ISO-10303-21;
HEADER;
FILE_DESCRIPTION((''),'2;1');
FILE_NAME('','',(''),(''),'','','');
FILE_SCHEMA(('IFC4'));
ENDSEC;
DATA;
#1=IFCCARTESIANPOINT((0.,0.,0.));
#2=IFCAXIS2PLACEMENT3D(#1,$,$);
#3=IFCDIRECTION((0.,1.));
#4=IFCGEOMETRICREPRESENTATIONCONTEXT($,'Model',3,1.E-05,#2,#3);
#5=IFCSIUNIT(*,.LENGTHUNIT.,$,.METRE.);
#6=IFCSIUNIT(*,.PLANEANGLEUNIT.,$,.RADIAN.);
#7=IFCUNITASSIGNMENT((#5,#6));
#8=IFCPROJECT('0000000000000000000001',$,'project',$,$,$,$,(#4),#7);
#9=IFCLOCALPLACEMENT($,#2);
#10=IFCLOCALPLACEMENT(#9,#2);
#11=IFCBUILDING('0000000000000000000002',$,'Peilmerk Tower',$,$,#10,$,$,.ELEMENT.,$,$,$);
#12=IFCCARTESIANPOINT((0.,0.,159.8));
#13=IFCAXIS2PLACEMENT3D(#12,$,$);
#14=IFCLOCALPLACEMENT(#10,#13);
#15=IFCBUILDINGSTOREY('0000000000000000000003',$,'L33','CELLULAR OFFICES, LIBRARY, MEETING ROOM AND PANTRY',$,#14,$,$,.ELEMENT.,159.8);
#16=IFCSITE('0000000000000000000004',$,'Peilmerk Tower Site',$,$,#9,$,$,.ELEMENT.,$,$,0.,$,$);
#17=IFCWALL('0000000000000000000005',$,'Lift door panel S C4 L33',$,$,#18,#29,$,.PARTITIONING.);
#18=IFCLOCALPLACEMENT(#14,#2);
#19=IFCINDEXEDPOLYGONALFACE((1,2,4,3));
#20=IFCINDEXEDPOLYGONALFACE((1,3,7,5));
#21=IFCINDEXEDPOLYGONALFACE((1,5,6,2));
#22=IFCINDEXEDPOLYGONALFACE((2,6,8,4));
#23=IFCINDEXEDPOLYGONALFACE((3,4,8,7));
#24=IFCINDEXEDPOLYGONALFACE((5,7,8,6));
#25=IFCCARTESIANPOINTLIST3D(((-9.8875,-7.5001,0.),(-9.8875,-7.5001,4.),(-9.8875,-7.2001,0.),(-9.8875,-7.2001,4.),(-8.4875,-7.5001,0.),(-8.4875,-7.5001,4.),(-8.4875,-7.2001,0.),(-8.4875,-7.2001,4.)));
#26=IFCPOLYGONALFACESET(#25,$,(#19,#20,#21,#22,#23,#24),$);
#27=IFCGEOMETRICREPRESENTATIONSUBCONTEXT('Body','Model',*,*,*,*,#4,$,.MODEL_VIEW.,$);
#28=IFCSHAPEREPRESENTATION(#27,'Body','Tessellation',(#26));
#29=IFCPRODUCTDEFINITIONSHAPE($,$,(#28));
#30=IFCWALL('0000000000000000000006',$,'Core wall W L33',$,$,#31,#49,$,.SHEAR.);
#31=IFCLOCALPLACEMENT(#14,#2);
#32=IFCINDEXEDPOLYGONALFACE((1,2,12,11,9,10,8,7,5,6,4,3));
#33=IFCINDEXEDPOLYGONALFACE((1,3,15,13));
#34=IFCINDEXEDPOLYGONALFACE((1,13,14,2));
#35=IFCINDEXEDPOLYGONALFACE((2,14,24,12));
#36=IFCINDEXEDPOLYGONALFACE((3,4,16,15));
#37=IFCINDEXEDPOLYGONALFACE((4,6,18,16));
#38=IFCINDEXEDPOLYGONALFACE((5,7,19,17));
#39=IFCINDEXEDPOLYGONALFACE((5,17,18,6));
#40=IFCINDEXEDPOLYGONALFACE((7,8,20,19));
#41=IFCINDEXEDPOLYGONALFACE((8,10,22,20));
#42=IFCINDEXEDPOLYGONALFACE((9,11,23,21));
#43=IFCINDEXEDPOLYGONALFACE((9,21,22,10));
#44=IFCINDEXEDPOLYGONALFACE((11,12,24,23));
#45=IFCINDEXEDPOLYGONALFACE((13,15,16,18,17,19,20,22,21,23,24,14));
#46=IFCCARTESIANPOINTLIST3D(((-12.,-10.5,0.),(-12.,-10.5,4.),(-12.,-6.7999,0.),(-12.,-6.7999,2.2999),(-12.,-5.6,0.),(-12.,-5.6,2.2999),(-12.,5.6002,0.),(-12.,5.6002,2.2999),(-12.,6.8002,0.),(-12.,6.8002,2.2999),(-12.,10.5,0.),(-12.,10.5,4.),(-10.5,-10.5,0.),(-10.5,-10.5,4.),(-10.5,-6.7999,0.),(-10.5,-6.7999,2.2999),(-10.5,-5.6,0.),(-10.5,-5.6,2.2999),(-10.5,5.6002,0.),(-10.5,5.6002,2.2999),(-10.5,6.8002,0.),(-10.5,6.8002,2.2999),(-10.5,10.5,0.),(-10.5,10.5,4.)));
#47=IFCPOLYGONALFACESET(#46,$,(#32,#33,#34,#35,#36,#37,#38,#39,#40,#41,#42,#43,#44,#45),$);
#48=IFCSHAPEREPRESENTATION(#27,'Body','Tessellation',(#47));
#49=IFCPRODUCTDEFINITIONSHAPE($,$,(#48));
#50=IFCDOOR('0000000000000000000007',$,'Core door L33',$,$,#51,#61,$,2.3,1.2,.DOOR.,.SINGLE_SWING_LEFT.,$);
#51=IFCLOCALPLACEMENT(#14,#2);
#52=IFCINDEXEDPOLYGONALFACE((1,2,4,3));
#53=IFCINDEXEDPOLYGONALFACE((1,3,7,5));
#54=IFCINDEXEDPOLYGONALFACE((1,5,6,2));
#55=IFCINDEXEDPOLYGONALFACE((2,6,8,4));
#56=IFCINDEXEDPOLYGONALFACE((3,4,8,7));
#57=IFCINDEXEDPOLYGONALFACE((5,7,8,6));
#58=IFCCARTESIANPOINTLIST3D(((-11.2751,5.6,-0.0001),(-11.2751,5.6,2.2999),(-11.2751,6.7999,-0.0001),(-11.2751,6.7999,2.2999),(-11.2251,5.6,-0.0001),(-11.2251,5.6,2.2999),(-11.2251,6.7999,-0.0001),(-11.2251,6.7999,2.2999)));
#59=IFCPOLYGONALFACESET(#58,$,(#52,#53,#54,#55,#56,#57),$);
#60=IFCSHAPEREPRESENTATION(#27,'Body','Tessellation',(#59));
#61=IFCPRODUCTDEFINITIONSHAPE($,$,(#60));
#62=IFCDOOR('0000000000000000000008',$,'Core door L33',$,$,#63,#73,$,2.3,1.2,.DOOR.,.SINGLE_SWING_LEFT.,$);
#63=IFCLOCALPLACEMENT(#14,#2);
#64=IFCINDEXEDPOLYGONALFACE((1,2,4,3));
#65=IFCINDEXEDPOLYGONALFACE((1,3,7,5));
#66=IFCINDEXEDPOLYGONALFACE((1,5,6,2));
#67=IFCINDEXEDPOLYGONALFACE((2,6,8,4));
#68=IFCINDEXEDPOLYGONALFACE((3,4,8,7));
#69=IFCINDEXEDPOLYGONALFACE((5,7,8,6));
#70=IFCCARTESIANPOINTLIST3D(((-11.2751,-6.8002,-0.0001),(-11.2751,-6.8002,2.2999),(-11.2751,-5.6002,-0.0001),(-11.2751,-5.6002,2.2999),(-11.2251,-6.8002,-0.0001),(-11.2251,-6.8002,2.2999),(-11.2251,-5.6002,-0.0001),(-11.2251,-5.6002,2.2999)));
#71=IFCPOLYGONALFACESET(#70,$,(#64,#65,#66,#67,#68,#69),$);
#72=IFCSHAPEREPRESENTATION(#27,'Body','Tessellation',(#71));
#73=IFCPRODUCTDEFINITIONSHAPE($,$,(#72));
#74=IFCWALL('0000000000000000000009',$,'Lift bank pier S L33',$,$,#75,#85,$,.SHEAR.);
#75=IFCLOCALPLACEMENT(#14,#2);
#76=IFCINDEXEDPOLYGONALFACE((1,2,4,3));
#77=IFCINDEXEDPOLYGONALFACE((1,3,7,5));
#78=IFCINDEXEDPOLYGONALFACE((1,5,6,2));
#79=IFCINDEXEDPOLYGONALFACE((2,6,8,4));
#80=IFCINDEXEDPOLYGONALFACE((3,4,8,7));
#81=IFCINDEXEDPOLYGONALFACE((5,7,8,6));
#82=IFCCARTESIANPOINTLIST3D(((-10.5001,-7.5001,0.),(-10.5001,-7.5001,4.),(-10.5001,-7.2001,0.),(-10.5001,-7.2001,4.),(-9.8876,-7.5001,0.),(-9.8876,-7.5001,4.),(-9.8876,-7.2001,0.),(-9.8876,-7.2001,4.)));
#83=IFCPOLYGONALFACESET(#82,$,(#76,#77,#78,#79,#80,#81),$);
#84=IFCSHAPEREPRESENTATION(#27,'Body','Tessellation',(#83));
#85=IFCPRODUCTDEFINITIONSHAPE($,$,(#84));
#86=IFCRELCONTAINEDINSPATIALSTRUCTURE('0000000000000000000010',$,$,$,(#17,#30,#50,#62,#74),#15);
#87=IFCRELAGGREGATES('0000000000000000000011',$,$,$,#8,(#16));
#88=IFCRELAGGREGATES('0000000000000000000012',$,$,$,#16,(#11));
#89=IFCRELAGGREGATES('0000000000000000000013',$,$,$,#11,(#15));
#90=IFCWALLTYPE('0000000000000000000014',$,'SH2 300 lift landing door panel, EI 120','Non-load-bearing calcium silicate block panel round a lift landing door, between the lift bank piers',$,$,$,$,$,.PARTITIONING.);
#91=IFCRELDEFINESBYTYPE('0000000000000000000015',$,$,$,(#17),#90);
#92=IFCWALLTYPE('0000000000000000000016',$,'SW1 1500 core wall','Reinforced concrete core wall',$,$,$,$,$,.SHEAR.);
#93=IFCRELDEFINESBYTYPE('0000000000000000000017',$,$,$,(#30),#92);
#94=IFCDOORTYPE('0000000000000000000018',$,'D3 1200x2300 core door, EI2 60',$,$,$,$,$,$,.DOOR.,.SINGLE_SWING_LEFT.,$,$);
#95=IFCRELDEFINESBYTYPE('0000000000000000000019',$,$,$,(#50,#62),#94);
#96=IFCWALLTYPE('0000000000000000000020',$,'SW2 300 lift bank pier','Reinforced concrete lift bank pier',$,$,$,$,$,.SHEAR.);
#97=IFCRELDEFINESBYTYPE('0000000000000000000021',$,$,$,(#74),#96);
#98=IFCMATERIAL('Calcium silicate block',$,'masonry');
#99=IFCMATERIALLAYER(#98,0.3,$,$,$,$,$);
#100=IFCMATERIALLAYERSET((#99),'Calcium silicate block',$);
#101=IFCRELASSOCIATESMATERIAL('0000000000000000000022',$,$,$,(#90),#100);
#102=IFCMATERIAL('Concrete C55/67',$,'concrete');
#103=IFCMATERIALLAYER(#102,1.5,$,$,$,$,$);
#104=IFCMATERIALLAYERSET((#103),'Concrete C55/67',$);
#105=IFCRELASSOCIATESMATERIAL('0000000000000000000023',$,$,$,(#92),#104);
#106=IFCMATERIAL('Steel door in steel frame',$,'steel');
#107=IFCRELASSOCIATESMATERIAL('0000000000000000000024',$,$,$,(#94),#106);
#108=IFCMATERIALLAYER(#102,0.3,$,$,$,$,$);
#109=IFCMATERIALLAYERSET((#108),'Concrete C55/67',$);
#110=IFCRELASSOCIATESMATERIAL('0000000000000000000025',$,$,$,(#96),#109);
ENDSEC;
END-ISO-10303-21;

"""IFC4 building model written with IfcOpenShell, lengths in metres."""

from ifc_helpers import new_model, si_unit, direction, frame, frame_2d, origin, place, context, subcontext, project, spatial, rectangle, extrude, material, layer, layer_set, type_object, element, fill, save


model = new_model("IFC4")

# Units and contexts
model_context = context("Model", 3, precision=1e-05, world=origin(), true_north=direction((0.0, 1.0)))
body_context = subcontext(model_context, "Body", "Model", "MODEL_VIEW")
ifc_project = project(units=[si_unit("LENGTHUNIT", "METRE"), si_unit("PLANEANGLEUNIT", "RADIAN")], contexts=[model_context])

# Site, building, storey
site_placement = place(None, origin())
site = spatial("IfcSite", under=ifc_project, at=site_placement, Name="Peilmerk Tower Site", CompositionType="ELEMENT", RefElevation=0.0)
building_placement = place(site_placement, origin())
building = spatial("IfcBuilding", under=site, at=building_placement, Name="Peilmerk Tower", CompositionType="ELEMENT")
storey_placement = place(building_placement, frame((0.0, 0.0, 159.8)))
storey = spatial("IfcBuildingStorey", under=building, at=storey_placement, Name="L33", Description="CELLULAR OFFICES, LIBRARY, MEETING ROOM AND PANTRY", CompositionType="ELEMENT", Elevation=159.8)

# Shared definitions
ifc_material_1 = material(Name="Calcium silicate block", Category="masonry")

# Wall
ifc_layer_1 = layer(ifc_material_1, 0.3)
ifc_layer_set_1 = layer_set([ifc_layer_1], Name="Calcium silicate block")
wall_type_1 = type_object("IfcWallType", Name="SH2 300 lift landing door panel, EI 120", Description="Non-load-bearing calcium silicate block panel round a lift landing door, between the lift bank piers", PredefinedType="PARTITIONING", material=ifc_layer_set_1)
wall_1_placement = place(storey_placement, frame((-9.8875, -7.3501, 0.0), z_axis=(0.0, 0.0, 1.0), x_axis=(1.0, 0.0, 0.0)))
element("IfcWall", 1, at=wall_1_placement, inside=storey, type_object=wall_type_1, Name="Lift door panel S C4 L33", PredefinedType="PARTITIONING", context=body_context, shape_type="SweptSolid", body=[
    extrude(rectangle(XDim=1.3999, YDim=0.3, at=frame_2d((0.7, 0.0))), origin(), (0.0, 0.0, 1.0), 4.0),
])

# Wall, openings, doors
ifc_material_2 = material(Name="Concrete C55/67", Category="concrete")
ifc_layer_2 = layer(ifc_material_2, 1.5)
ifc_layer_set_2 = layer_set([ifc_layer_2], Name="Concrete C55/67")
wall_type_2 = type_object("IfcWallType", Name="SW1 1500 core wall", Description="Reinforced concrete core wall", PredefinedType="SHEAR", material=ifc_layer_set_2)
wall_2_placement = place(storey_placement, frame((-11.25, -10.5, 0.0), z_axis=(0.0, 0.0, 1.0), x_axis=(0.0, 1.0, 0.0)))
wall_2 = element("IfcWall", 2, at=wall_2_placement, inside=storey, type_object=wall_type_2, Name="Core wall W L33", PredefinedType="SHEAR", context=body_context, shape_type="SweptSolid", body=[
    extrude(rectangle(XDim=21.0, YDim=1.5, at=frame_2d((10.5, 0.0))), origin(), (0.0, 0.0, 1.0), 4.0),
])
opening_1_placement = place(wall_2_placement, frame((16.1001, 0.0, 0.0)))
opening_1 = element("IfcOpeningElement", 3, at=opening_1_placement, cuts=wall_2, PredefinedType="OPENING", context=body_context, shape_type="SweptSolid", body=[
    extrude(rectangle(XDim=1.2, YDim=2.3, at=frame_2d((0.6001, 1.1499))), frame((0.0, 0.76, 0.0), z_axis=(0.0, -1.0, 0.0), x_axis=(1.0, 0.0, 0.0)), (0.0, 0.0, 1.0), 1.52),
])
opening_2_placement = place(wall_2_placement, frame((3.7, 0.0, 0.0)))
opening_2 = element("IfcOpeningElement", 4, at=opening_2_placement, cuts=wall_2, PredefinedType="OPENING", context=body_context, shape_type="SweptSolid", body=[
    extrude(rectangle(XDim=1.2, YDim=2.3, at=frame_2d((0.6001, 1.1499))), frame((0.0, 0.76, 0.0), z_axis=(0.0, -1.0, 0.0), x_axis=(1.0, 0.0, 0.0)), (0.0, 0.0, 1.0), 1.52),
])
ifc_material_3 = material(Name="Steel door in steel frame", Category="steel")
door_type_1 = type_object("IfcDoorType", Name="D3 1200x2300 core door, EI2 60", OperationType="SINGLE_SWING_LEFT", PredefinedType="DOOR", material=ifc_material_3)
door_1_placement = place(opening_1_placement, frame((1.2, 0.0, 0.0), z_axis=(0.0, 0.0, 1.0), x_axis=(-1.0, 0.0, 0.0)))
door_1 = element("IfcDoor", 5, at=door_1_placement, inside=storey, type_object=door_type_1, Name="Core door L33", OperationType="SINGLE_SWING_LEFT", OverallHeight=2.3, OverallWidth=1.2, PredefinedType="DOOR", context=body_context, shape_type="SweptSolid", body=[
    extrude(rectangle(XDim=1.2, YDim=2.3, at=frame_2d((0.6001, 1.1499))), frame((0.0, 0.0249, 0.0), z_axis=(0.0, -1.0, 0.0), x_axis=(1.0, 0.0, 0.0)), (0.0, 0.0, 1.0), 0.05),
])
fill(opening_1, door_1)
door_2_placement = place(opening_2_placement, frame((1.2, 0.0, 0.0), z_axis=(0.0, 0.0, 1.0), x_axis=(-1.0, 0.0, 0.0)))
door_2 = element("IfcDoor", 6, at=door_2_placement, inside=storey, type_object=door_type_1, Name="Core door L33", OperationType="SINGLE_SWING_LEFT", OverallHeight=2.3, OverallWidth=1.2, PredefinedType="DOOR", context=body_context, shape_type="SweptSolid", body=[
    extrude(rectangle(XDim=1.2, YDim=2.3, at=frame_2d((0.6001, 1.1499))), frame((0.0, 0.0249, 0.0), z_axis=(0.0, -1.0, 0.0), x_axis=(1.0, 0.0, 0.0)), (0.0, 0.0, 1.0), 0.05),
])
fill(opening_2, door_2)

# Wall
ifc_layer_3 = layer(ifc_material_2, 0.3)
ifc_layer_set_3 = layer_set([ifc_layer_3], Name="Concrete C55/67")
wall_type_3 = type_object("IfcWallType", Name="SW2 300 lift bank pier", Description="Reinforced concrete lift bank pier", PredefinedType="SHEAR", material=ifc_layer_set_3)
wall_3_placement = place(storey_placement, frame((-10.5, -7.3501, 0.0), z_axis=(0.0, 0.0, 1.0), x_axis=(1.0, 0.0, 0.0)))
element("IfcWall", 7, at=wall_3_placement, inside=storey, type_object=wall_type_3, Name="Lift bank pier S L33", PredefinedType="SHEAR", context=body_context, shape_type="SweptSolid", body=[
    extrude(rectangle(XDim=0.6125, YDim=0.3, at=frame_2d((0.3062, 0.0))), origin(), (0.0, 0.0, 1.0), 4.0),
])

save(model, "model.ifc")
